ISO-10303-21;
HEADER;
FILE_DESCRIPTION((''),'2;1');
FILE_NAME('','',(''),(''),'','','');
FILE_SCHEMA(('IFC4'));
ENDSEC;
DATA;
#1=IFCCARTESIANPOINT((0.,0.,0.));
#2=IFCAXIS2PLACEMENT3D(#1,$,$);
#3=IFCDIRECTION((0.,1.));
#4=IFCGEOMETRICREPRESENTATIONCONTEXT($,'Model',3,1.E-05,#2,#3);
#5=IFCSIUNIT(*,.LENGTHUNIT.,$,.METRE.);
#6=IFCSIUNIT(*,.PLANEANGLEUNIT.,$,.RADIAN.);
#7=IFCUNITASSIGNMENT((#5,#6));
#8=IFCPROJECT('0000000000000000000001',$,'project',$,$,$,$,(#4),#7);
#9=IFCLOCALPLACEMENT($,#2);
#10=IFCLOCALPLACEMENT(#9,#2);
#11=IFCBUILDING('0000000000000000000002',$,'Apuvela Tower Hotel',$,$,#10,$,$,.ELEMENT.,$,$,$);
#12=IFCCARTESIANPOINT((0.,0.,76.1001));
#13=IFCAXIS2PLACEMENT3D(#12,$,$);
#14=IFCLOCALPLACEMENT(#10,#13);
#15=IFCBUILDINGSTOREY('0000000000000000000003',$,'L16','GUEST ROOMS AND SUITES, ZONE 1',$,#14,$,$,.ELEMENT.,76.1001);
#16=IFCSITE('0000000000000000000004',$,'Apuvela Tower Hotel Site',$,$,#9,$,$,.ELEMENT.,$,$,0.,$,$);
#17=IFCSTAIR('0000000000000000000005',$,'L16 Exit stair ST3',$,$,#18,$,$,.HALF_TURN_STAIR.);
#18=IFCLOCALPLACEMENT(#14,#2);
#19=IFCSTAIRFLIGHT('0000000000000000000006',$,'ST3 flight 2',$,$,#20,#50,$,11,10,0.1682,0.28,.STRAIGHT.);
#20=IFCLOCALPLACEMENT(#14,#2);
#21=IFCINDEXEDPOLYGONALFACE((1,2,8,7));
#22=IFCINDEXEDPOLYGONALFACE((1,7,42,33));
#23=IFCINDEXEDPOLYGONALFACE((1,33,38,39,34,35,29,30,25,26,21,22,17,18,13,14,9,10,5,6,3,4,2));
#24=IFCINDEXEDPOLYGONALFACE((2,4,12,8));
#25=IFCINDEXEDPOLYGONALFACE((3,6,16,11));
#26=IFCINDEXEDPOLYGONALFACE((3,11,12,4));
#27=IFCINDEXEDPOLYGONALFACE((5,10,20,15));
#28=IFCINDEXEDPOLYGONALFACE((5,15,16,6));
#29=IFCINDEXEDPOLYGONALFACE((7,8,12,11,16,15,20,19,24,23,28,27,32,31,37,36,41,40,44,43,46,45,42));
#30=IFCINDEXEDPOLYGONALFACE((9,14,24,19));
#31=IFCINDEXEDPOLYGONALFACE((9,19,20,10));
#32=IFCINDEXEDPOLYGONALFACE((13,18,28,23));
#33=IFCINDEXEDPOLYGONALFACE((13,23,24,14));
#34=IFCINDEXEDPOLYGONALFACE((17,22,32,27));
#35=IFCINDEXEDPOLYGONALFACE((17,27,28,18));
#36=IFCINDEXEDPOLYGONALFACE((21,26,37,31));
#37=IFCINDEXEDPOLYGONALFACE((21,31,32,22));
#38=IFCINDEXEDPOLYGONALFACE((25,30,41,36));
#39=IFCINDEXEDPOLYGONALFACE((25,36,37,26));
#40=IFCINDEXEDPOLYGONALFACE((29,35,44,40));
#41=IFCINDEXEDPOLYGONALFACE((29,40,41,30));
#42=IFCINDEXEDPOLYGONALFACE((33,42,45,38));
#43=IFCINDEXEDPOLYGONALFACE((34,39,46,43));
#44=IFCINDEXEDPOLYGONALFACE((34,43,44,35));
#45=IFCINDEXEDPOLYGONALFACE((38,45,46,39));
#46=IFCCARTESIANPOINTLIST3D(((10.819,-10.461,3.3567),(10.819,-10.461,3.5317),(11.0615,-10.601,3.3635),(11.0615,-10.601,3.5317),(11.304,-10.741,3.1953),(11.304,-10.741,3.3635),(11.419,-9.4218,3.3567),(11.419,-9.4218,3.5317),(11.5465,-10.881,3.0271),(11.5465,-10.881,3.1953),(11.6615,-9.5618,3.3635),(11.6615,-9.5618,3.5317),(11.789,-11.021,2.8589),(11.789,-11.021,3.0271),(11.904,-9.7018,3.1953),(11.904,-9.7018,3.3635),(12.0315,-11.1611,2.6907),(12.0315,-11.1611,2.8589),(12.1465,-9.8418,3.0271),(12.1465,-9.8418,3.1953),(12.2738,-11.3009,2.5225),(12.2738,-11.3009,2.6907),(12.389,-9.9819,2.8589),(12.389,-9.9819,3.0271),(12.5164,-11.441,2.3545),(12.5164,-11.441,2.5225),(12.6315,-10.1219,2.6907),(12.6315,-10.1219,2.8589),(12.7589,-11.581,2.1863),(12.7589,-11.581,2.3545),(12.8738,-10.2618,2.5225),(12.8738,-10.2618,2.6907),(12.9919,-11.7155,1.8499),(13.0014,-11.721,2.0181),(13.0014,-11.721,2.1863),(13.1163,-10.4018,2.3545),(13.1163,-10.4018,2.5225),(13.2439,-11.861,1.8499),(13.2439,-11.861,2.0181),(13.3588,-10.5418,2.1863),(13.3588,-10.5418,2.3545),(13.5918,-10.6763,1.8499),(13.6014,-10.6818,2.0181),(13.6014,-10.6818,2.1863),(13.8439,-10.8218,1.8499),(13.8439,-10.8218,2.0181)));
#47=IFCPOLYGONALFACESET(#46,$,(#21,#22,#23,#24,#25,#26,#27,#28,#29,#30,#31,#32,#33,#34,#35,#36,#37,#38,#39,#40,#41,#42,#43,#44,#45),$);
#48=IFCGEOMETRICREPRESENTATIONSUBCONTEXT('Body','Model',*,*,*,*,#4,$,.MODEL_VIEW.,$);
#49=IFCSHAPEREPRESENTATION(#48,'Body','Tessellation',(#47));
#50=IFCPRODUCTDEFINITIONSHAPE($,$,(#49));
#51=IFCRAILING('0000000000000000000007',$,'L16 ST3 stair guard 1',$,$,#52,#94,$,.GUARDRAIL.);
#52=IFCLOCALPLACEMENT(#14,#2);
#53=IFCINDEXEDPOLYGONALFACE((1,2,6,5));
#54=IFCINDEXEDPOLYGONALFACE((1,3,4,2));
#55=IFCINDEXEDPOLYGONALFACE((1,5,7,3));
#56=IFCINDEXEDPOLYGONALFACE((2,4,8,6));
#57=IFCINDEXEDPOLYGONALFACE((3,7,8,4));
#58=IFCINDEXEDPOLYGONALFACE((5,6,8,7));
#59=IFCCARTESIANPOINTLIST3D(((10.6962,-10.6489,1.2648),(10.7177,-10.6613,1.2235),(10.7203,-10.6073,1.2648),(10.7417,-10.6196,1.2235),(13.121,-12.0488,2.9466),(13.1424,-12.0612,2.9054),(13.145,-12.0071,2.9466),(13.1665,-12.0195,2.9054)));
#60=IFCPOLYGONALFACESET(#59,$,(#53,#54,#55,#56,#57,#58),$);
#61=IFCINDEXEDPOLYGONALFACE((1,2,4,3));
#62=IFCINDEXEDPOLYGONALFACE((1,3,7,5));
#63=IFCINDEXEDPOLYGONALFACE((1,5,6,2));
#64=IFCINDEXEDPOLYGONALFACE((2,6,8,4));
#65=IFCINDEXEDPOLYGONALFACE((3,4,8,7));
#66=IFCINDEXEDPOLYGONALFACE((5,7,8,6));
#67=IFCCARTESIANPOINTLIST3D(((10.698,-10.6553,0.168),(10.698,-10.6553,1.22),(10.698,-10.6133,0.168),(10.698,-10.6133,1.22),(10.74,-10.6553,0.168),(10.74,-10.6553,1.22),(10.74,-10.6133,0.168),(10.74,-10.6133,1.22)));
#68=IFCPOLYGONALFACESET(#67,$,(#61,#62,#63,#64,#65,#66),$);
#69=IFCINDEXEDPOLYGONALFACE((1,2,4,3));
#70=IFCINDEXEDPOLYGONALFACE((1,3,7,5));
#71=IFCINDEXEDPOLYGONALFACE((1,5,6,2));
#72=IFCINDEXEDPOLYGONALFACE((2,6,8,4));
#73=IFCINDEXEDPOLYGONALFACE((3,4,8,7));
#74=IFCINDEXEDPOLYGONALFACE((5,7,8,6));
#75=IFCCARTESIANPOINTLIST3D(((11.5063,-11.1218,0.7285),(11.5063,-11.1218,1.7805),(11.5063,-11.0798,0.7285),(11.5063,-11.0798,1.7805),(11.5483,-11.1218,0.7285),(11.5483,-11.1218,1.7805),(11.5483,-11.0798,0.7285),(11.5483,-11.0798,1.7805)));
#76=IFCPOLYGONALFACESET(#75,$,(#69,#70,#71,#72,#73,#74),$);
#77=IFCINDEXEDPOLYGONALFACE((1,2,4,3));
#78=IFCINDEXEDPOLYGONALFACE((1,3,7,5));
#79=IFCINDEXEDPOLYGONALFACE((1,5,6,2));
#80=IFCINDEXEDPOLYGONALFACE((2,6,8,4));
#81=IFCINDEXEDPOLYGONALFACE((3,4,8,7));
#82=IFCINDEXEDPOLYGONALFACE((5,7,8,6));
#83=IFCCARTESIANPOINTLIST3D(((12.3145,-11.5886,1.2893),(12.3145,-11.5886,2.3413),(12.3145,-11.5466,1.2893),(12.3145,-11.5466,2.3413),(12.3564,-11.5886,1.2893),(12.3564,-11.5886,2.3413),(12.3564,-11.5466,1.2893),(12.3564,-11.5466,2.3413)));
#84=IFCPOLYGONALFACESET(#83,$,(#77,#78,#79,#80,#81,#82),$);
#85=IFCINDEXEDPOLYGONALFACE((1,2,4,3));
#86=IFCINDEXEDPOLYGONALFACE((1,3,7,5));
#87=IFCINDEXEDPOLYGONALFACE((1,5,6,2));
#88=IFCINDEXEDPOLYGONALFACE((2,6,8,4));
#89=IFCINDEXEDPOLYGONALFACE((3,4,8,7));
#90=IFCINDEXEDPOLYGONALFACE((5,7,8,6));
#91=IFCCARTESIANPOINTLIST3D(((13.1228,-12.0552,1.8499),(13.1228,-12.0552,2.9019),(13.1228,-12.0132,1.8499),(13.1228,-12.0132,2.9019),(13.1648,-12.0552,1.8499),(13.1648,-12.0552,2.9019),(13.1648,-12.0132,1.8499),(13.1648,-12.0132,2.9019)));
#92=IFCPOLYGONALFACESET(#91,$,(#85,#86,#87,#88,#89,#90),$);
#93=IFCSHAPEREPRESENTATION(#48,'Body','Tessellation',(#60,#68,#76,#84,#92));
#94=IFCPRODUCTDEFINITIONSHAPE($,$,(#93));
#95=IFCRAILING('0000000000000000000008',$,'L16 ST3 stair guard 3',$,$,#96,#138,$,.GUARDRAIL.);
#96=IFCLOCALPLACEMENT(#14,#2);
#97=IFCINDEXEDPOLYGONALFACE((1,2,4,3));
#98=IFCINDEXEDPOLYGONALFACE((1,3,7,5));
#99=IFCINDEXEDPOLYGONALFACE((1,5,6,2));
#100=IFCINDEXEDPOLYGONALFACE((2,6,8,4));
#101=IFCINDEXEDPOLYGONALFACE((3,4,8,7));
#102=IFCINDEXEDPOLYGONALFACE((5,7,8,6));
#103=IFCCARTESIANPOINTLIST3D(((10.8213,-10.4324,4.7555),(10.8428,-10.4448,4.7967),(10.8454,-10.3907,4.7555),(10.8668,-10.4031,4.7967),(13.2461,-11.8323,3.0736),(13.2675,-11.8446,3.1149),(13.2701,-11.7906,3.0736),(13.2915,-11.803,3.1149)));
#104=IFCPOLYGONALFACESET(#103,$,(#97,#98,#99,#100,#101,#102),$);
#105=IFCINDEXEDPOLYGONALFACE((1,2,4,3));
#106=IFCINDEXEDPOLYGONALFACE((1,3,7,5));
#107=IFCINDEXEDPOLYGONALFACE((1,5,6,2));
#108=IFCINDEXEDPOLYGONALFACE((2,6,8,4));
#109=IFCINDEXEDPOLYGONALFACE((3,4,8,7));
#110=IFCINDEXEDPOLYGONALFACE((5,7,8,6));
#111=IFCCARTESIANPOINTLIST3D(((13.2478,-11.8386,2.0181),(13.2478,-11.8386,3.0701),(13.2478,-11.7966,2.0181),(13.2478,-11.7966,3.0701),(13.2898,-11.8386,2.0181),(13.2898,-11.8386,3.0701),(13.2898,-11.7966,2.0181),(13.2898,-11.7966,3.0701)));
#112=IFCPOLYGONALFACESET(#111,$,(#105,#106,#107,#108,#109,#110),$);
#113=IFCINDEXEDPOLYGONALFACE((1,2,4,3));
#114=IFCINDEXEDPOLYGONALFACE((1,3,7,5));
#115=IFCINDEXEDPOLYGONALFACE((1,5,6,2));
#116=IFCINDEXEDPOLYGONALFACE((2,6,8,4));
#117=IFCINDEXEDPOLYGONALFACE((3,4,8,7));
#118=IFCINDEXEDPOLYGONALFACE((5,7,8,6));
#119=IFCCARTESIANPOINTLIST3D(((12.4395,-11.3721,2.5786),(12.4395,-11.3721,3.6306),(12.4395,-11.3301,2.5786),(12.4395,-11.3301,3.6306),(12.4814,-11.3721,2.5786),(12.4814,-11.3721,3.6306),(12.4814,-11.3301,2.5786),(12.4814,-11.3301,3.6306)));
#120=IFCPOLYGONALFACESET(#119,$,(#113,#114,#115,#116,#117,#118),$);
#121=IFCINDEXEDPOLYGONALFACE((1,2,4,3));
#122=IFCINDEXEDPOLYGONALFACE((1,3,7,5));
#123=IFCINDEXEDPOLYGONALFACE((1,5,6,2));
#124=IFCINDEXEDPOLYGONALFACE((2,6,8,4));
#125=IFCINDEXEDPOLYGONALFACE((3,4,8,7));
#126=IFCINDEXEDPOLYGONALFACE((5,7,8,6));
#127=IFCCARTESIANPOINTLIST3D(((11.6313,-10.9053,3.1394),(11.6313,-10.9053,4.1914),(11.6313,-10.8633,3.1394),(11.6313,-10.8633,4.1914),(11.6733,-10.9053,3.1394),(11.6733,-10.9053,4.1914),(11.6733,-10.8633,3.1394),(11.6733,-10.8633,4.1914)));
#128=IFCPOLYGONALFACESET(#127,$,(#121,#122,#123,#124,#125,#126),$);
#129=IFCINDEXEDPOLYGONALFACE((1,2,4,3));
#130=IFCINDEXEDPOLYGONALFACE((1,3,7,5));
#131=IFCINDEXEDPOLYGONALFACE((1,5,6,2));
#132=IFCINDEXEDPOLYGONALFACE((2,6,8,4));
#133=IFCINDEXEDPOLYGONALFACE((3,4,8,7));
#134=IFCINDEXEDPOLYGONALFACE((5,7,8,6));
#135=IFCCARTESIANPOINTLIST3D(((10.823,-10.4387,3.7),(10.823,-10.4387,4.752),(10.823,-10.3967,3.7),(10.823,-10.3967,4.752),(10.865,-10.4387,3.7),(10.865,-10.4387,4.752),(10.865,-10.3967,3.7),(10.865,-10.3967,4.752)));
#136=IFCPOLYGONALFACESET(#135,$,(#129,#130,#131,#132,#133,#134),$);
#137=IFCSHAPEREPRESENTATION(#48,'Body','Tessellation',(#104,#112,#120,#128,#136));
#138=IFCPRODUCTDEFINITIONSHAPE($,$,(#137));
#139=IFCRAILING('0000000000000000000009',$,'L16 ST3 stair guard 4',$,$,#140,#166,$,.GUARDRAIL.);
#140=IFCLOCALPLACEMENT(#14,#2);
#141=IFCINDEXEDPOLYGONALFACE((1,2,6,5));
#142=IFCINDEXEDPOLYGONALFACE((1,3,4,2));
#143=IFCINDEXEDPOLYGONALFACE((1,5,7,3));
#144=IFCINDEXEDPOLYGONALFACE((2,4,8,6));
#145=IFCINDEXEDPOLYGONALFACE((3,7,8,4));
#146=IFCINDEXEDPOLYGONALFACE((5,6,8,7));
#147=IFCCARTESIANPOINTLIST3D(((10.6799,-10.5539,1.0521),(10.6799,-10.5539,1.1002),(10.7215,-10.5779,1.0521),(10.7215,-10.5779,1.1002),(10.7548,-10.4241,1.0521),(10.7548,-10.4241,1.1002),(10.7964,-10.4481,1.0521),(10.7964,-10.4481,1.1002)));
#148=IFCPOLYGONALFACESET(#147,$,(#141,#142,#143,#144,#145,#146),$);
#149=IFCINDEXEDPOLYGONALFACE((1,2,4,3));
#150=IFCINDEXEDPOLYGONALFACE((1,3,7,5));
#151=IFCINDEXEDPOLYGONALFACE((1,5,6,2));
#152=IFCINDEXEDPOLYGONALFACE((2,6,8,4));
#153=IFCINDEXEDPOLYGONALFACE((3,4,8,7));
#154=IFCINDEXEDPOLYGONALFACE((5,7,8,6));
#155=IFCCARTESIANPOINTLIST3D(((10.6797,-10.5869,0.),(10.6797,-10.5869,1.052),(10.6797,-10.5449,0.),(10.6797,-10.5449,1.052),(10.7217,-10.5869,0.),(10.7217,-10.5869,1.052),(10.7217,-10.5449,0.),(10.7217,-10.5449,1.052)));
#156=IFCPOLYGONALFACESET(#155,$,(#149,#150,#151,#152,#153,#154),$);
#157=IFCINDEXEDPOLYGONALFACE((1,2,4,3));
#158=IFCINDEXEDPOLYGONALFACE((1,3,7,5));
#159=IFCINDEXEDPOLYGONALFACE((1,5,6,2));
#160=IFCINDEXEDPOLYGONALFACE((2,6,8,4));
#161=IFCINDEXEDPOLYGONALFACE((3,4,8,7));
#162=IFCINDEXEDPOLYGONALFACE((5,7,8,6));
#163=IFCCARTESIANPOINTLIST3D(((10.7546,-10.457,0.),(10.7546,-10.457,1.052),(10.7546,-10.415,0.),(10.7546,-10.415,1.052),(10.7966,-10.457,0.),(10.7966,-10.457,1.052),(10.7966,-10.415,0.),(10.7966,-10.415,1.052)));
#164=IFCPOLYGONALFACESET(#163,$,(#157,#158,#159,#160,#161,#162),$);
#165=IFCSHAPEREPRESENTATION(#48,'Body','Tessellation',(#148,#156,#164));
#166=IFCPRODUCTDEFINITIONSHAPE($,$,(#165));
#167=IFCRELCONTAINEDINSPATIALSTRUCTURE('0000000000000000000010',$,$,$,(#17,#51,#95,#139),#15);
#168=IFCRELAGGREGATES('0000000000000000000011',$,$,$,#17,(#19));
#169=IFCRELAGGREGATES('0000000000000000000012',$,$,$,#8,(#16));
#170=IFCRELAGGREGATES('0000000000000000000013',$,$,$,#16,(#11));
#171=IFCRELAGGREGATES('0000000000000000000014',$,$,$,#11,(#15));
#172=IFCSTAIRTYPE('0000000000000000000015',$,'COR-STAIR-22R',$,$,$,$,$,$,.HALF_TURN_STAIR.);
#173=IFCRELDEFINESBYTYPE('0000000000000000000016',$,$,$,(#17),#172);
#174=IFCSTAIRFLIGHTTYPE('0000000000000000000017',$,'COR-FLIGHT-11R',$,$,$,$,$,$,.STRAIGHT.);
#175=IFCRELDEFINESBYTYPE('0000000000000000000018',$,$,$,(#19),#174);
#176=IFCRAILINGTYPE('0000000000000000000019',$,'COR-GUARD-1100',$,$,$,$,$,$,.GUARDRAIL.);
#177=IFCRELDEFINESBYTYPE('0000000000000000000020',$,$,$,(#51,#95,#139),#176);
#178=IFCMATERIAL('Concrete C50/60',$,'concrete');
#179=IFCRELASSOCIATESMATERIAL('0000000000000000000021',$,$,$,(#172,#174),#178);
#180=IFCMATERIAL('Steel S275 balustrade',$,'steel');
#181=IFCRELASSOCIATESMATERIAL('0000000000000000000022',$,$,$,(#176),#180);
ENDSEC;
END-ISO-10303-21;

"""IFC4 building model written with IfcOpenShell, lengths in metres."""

from ifc_helpers import new_model, si_unit, direction, frame, origin, origin_2d, place, context, subcontext, project, spatial, polyline, rectangle, outline, extrude, material, type_object, element, aggregate, save


model = new_model("IFC4")

# Units and contexts
model_context = context("Model", 3, precision=1e-05, world=origin(), true_north=direction((0.0, 1.0)))
body_context = subcontext(model_context, "Body", "Model", "MODEL_VIEW")
ifc_project = project(units=[si_unit("LENGTHUNIT", "METRE"), si_unit("PLANEANGLEUNIT", "RADIAN")], contexts=[model_context])

# Site, building, storey
site_placement = place(None, origin())
site = spatial("IfcSite", under=ifc_project, at=site_placement, Name="Apuvela Tower Hotel Site", CompositionType="ELEMENT", RefElevation=0.0)
building_placement = place(site_placement, origin())
building = spatial("IfcBuilding", under=site, at=building_placement, Name="Apuvela Tower Hotel", CompositionType="ELEMENT")
storey_placement = place(building_placement, frame((0.0, 0.0, 76.1001)))
storey = spatial("IfcBuildingStorey", under=building, at=storey_placement, Name="L16", Description="GUEST ROOMS AND SUITES, ZONE 1", CompositionType="ELEMENT", Elevation=76.1001)

# Shared definitions
ifc_material_1 = material(Name="Concrete C50/60", Category="concrete")

# Stair, stair flight
stair_type = type_object("IfcStairType", Name="COR-STAIR-22R", PredefinedType="HALF_TURN_STAIR", material=ifc_material_1)
stair_placement = place(storey_placement, origin())
stair = element("IfcStair", 1, at=stair_placement, inside=storey, type_object=stair_type, Name="L16 Exit stair ST3", PredefinedType="HALF_TURN_STAIR")
stair_flight_type = type_object("IfcStairFlightType", Name="COR-FLIGHT-11R", PredefinedType="STRAIGHT", material=ifc_material_1)
stair_flight_placement = place(storey_placement, frame((13.5439, -11.3413, 1.8499), z_axis=(0.0, 0.0, 1.0), x_axis=(-0.866025, 0.5, 0.0)))
stair_flight = element("IfcStairFlight", 2, at=stair_flight_placement, type_object=stair_flight_type, Name="ST3 flight 2", NumberOfRisers=11, NumberOfTreads=10, PredefinedType="STRAIGHT", RiserHeight=0.1682, TreadLength=0.28, context=body_context, shape_type="SweptSolid", body=[
    extrude(outline(polyline([(0.0, 0.0), (0.0, 0.1682), (0.28, 0.1682), (0.28, 0.3364), (0.5601, 0.3364), (0.5601, 0.5046), (0.8401, 0.5046), (0.8401, 0.6726), (1.1201, 0.6726), (1.1201, 0.8408), (1.3999, 0.8408), (1.3999, 1.009), (1.6799, 1.009), (1.6799, 1.1772), (1.96, 1.1772), (1.96, 1.3455), (2.24, 1.3455), (2.24, 1.5137), (2.52, 1.5137), (2.52, 1.6819), (2.8, 1.6819), (2.8, 1.8501), (2.8, 1.5068), (0.291, 0.0), (0.0, 0.0)])), frame((0.0, 0.6001, 0.0), z_axis=(0.0, -1.0, 0.0), x_axis=(1.0, 0.0, 0.0)), (0.0, 0.0, 1.0), 1.2),
])
aggregate(stair, [stair_flight])

# Railings
ifc_material_2 = material(Name="Steel S275 balustrade", Category="steel")
railing_type_1 = type_object("IfcRailingType", Name="COR-GUARD-1100", PredefinedType="GUARDRAIL", material=ifc_material_2)
railing_1_placement = place(storey_placement, frame((10.719, -10.6343, 0.168)))
element("IfcRailing", 3, at=railing_1_placement, inside=storey, type_object=railing_type_1, Name="L16 ST3 stair guard 1", PredefinedType="GUARDRAIL", context=body_context, shape_type="SweptSolid", body=[
    extrude(rectangle(XDim=0.0481, YDim=0.0481, at=origin_2d()), frame((0.0, 0.0, 1.0762), z_axis=(0.74239, -0.428601, 0.514934), x_axis=(0.499984, 0.866035, 0.0)), (0.0, 0.0, 1.0), 3.2661),
    extrude(rectangle(XDim=0.042, YDim=0.042, at=origin_2d()), origin(), (0.0, 0.0, 1.0), 1.052),
    extrude(rectangle(XDim=0.042, YDim=0.042, at=origin_2d()), frame((0.8083, -0.4666, 0.5605)), (0.0, 0.0, 1.0), 1.052),
    extrude(rectangle(XDim=0.042, YDim=0.042, at=origin_2d()), frame((1.6165, -0.9333, 1.1213)), (0.0, 0.0, 1.0), 1.052),
    extrude(rectangle(XDim=0.042, YDim=0.042, at=origin_2d()), frame((2.4248, -1.3999, 1.6819)), (0.0, 0.0, 1.0), 1.052),
])
railing_2_placement = place(storey_placement, frame((13.2688, -11.8176, 2.0181)))
element("IfcRailing", 4, at=railing_2_placement, inside=storey, type_object=railing_type_1, Name="L16 ST3 stair guard 3", PredefinedType="GUARDRAIL", context=body_context, shape_type="SweptSolid", body=[
    extrude(rectangle(XDim=0.0481, YDim=0.0481, at=origin_2d()), frame((0.0, 0.0, 1.0762), z_axis=(-0.74239, 0.428601, 0.514934), x_axis=(-0.499984, -0.866035, 0.0)), (0.0, 0.0, 1.0), 3.2661),
    extrude(rectangle(XDim=0.042, YDim=0.042, at=origin_2d()), origin(), (0.0, 0.0, 1.0), 1.052),
    extrude(rectangle(XDim=0.042, YDim=0.042, at=origin_2d()), frame((-0.8083, 0.4666, 0.5605)), (0.0, 0.0, 1.0), 1.052),
    extrude(rectangle(XDim=0.042, YDim=0.042, at=origin_2d()), frame((-1.6165, 0.9333, 1.1213)), (0.0, 0.0, 1.0), 1.052),
    extrude(rectangle(XDim=0.042, YDim=0.042, at=origin_2d()), frame((-2.4248, 1.3999, 1.6819)), (0.0, 0.0, 1.0), 1.052),
])
railing_3_placement = place(storey_placement, frame((10.7007, -10.5659, 0.0)))
element("IfcRailing", 5, at=railing_3_placement, inside=storey, type_object=railing_type_1, Name="L16 ST3 stair guard 4", PredefinedType="GUARDRAIL", context=body_context, shape_type="SweptSolid", body=[
    extrude(rectangle(XDim=0.0481, YDim=0.0481, at=origin_2d()), frame((0.0, 0.0, 1.0762), z_axis=(0.499816, 0.866131, 0.0), x_axis=(-0.866131, 0.499816, 0.0)), (0.0, 0.0, 1.0), 0.1499),
    extrude(rectangle(XDim=0.042, YDim=0.042, at=origin_2d()), origin(), (0.0, 0.0, 1.0), 1.052),
    extrude(rectangle(XDim=0.042, YDim=0.042, at=origin_2d()), frame((0.075, 0.1299, 0.0)), (0.0, 0.0, 1.0), 1.052),
])

save(model, "model.ifc")
